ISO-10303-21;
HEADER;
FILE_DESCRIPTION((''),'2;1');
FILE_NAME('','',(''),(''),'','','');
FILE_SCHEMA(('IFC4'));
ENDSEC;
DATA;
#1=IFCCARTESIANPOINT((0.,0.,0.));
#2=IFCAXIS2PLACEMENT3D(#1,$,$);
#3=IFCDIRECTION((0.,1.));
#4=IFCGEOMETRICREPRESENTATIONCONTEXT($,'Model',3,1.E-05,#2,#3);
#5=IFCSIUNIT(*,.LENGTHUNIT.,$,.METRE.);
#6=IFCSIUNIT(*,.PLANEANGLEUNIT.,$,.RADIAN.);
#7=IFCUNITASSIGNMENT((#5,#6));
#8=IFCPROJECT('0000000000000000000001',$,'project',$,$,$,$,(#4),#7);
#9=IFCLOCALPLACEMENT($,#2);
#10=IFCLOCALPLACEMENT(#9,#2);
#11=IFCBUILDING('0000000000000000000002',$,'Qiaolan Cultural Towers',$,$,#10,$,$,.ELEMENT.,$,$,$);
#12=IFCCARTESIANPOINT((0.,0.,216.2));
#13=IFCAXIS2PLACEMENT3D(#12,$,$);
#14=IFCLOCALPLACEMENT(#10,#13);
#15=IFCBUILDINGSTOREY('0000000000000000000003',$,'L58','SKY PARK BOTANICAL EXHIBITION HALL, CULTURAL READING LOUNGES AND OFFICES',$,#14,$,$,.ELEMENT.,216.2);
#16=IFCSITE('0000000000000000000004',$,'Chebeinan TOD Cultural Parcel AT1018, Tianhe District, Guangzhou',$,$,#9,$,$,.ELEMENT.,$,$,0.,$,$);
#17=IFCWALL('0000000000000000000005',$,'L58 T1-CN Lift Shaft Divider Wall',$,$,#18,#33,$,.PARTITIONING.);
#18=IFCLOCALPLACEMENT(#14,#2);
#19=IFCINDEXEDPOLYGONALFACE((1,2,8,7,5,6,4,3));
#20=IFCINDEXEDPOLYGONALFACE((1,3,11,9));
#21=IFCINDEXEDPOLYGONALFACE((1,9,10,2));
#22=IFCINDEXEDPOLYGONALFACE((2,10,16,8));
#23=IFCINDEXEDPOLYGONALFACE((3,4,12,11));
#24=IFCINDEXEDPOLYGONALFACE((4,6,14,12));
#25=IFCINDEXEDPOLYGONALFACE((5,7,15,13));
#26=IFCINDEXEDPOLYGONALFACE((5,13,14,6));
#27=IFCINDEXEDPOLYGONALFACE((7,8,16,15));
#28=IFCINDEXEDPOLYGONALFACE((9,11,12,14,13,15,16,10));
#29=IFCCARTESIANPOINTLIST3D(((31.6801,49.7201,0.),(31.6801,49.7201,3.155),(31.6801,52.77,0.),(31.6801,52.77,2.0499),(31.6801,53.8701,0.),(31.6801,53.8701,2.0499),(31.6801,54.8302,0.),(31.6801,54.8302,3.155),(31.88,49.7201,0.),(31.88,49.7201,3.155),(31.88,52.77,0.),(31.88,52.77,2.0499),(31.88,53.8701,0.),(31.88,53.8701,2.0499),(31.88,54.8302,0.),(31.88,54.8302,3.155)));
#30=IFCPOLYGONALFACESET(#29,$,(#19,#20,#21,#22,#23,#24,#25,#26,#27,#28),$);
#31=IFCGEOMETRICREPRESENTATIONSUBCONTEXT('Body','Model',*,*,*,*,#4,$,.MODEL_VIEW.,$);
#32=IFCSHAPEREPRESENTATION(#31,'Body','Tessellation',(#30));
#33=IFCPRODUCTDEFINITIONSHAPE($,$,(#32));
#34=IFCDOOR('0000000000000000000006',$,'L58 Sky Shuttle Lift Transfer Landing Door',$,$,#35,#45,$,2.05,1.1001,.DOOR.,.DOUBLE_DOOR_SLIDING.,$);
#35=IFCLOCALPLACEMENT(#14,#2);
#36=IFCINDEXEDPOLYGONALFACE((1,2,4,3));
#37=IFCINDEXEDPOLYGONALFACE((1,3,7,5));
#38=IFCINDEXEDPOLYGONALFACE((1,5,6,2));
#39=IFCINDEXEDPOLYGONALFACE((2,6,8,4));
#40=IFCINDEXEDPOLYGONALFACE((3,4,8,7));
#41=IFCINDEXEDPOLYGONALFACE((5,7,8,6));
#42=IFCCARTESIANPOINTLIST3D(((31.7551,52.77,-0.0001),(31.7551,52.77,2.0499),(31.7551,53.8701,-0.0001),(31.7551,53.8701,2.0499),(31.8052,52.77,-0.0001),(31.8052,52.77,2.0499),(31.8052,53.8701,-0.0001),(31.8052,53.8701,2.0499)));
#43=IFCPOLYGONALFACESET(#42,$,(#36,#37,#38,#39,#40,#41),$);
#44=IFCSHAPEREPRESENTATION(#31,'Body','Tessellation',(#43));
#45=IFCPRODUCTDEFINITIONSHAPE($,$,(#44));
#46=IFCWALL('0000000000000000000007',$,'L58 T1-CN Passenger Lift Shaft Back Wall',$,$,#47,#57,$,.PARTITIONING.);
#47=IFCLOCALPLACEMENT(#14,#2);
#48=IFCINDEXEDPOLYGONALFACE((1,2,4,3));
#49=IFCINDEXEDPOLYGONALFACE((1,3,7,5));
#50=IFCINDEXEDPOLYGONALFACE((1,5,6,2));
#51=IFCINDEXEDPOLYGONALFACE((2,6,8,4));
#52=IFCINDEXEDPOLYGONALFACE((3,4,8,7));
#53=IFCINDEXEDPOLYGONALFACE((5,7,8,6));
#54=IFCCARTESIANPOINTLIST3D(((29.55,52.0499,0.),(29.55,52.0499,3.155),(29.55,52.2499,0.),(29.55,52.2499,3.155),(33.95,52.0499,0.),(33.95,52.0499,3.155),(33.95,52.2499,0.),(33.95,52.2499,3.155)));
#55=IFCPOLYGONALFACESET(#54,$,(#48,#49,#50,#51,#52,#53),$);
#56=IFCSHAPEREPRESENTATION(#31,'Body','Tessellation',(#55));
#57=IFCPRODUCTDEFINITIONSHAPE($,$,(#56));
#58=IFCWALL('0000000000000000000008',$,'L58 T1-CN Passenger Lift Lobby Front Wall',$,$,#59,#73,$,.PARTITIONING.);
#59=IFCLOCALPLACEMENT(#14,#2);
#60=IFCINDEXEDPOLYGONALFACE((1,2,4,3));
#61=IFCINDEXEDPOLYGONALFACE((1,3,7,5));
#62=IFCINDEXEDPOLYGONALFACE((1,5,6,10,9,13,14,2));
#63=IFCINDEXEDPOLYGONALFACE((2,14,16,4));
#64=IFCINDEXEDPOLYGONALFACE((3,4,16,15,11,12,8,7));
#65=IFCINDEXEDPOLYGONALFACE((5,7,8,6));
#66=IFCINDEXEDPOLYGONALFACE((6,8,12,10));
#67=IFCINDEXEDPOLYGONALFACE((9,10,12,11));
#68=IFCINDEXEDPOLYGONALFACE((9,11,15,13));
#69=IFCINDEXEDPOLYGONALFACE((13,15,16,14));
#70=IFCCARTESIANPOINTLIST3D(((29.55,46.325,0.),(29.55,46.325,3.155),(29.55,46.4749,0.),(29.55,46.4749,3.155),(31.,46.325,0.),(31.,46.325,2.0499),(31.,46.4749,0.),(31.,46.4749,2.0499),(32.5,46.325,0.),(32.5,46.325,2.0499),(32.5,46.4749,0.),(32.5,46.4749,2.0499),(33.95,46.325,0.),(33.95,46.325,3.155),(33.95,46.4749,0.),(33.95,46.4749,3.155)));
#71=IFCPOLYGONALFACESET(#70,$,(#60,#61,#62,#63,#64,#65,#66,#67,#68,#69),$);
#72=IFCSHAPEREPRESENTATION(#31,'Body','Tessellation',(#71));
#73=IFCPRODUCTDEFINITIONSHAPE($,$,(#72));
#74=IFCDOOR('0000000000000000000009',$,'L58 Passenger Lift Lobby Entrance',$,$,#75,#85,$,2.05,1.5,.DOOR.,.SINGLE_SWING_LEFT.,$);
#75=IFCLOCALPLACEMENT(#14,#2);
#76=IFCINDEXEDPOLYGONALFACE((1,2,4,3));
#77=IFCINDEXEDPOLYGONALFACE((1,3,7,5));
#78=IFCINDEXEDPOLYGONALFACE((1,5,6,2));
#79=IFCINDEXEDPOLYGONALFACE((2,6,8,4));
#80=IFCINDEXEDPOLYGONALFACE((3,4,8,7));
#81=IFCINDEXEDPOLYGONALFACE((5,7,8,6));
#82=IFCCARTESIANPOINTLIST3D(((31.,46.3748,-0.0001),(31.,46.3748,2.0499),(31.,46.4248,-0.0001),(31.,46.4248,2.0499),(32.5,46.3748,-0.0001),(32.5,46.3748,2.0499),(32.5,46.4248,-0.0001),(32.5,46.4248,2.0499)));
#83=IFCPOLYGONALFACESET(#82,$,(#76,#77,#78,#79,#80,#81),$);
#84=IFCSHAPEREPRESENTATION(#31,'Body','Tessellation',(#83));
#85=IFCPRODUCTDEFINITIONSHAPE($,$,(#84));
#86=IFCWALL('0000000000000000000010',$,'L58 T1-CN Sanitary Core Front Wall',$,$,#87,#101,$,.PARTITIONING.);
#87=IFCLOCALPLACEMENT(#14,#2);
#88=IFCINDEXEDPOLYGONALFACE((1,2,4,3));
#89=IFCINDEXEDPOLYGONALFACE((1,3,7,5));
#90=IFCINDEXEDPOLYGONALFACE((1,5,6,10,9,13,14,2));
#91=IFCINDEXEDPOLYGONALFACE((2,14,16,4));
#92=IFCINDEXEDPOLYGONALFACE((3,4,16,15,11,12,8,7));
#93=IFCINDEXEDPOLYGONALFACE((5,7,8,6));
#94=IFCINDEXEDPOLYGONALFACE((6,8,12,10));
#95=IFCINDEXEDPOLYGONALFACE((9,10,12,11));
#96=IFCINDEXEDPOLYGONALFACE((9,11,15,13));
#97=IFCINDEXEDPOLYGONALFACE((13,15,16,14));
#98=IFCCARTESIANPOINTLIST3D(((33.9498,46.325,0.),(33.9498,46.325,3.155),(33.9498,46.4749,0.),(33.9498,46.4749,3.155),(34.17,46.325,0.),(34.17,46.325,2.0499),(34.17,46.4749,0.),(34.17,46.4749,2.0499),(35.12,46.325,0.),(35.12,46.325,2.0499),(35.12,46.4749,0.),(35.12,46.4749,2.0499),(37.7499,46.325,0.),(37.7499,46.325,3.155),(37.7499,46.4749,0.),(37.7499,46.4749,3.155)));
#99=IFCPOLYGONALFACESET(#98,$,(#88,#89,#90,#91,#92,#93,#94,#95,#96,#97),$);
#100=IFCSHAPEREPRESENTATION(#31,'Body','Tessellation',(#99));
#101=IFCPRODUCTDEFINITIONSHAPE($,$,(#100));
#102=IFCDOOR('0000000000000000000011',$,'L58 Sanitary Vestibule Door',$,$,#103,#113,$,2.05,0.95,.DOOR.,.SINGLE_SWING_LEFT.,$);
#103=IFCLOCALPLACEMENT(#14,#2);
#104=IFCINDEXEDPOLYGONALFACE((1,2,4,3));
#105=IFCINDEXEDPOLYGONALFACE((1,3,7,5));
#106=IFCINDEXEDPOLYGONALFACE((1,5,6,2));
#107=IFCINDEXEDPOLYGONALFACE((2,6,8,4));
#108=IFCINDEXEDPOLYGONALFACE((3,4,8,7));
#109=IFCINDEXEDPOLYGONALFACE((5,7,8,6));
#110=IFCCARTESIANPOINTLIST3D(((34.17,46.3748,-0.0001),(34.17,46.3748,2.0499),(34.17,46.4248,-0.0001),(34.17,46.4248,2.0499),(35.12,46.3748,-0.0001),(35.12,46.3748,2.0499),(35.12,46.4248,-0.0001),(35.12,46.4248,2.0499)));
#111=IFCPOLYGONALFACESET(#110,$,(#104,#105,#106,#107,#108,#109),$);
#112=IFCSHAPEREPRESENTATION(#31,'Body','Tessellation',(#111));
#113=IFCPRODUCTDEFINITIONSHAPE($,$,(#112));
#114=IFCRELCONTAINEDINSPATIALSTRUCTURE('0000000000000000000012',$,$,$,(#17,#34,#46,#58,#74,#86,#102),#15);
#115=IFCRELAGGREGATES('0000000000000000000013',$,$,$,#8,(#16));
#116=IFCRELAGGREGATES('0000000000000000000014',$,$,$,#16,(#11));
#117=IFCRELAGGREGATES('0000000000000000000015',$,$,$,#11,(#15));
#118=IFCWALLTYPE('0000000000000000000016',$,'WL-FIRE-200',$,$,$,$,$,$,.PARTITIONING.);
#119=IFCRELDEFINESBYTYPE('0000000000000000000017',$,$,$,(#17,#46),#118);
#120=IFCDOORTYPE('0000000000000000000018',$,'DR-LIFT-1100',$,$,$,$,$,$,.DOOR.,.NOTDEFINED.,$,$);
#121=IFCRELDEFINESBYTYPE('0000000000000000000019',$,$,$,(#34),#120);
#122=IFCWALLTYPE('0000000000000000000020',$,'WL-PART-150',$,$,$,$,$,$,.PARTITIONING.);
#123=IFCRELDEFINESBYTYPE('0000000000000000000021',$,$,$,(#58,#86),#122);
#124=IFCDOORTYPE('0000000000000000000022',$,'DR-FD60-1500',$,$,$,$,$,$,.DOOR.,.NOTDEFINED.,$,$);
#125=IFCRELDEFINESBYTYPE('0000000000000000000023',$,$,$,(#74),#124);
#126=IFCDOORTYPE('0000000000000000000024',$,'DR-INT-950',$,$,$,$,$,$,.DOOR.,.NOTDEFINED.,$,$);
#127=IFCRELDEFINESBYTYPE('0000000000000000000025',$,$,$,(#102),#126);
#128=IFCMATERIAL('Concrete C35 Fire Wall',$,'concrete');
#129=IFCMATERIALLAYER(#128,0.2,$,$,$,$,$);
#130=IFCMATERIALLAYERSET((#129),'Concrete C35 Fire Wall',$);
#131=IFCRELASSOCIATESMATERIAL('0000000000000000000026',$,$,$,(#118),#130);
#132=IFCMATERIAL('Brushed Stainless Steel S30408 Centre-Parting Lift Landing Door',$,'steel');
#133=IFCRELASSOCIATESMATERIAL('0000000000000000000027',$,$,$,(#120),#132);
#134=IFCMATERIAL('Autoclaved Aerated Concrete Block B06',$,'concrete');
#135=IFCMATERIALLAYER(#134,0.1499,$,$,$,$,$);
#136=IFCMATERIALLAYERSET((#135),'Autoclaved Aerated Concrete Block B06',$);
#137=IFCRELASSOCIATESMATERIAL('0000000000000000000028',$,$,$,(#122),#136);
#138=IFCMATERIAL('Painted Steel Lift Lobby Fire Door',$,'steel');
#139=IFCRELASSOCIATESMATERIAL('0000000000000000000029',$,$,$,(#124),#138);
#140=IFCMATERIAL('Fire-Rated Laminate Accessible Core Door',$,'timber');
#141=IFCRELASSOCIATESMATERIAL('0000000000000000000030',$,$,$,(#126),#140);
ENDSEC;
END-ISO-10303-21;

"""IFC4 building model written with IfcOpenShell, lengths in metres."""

from ifc_helpers import new_model, si_unit, direction, frame, frame_2d, origin, place, context, subcontext, project, spatial, rectangle, extrude, material, layer, layer_set, type_object, element, fill, save


model = new_model("IFC4")

# Units and contexts
model_context = context("Model", 3, precision=1e-05, world=origin(), true_north=direction((0.0, 1.0)))
body_context = subcontext(model_context, "Body", "Model", "MODEL_VIEW")
ifc_project = project(units=[si_unit("LENGTHUNIT", "METRE"), si_unit("PLANEANGLEUNIT", "RADIAN")], contexts=[model_context])

# Site, building, storey
site_placement = place(None, origin())
site = spatial("IfcSite", under=ifc_project, at=site_placement, Name="Chebeinan TOD Cultural Parcel AT1018, Tianhe District, Guangzhou", CompositionType="ELEMENT", RefElevation=0.0)
building_placement = place(site_placement, origin())
building = spatial("IfcBuilding", under=site, at=building_placement, Name="Qiaolan Cultural Towers", CompositionType="ELEMENT")
storey_placement = place(building_placement, frame((0.0, 0.0, 216.2)))
storey = spatial("IfcBuildingStorey", under=building, at=storey_placement, Name="L58", Description="SKY PARK BOTANICAL EXHIBITION HALL, CULTURAL READING LOUNGES AND OFFICES", CompositionType="ELEMENT", Elevation=216.2)

# Shared definitions
ifc_material_1 = material(Name="Concrete C35 Fire Wall", Category="concrete")
ifc_layer_1 = layer(ifc_material_1, 0.2)
ifc_layer_set_1 = layer_set([ifc_layer_1], Name="Concrete C35 Fire Wall")
wall_type_1 = type_object("IfcWallType", Name="WL-FIRE-200", PredefinedType="PARTITIONING", material=ifc_layer_set_1)

# Shared definitions
ifc_material_2 = material(Name="Brushed Stainless Steel S30408 Centre-Parting Lift Landing Door", Category="steel")
door_type_1 = type_object("IfcDoorType", Name="DR-LIFT-1100", OperationType="NOTDEFINED", PredefinedType="DOOR", material=ifc_material_2)

# Wall, opening, door
wall_1_placement = place(storey_placement, frame((31.78, 49.72, 0.0), z_axis=(0.0, 0.0, 1.0), x_axis=(0.0, 1.0, 0.0)))
wall_1 = element("IfcWall", 1, at=wall_1_placement, inside=storey, type_object=wall_type_1, Name="L58 T1-CN Lift Shaft Divider Wall", PredefinedType="PARTITIONING", context=body_context, shape_type="SweptSolid", body=[
    extrude(rectangle(XDim=5.1101, YDim=0.2, at=frame_2d((2.5552, 0.0))), origin(), (0.0, 0.0, 1.0), 3.155),
])
opening_1_placement = place(wall_1_placement, frame((3.05, 0.0, 0.0)))
opening_1 = element("IfcOpeningElement", 2, at=opening_1_placement, cuts=wall_1, PredefinedType="OPENING", context=body_context, shape_type="SweptSolid", body=[
    extrude(rectangle(XDim=1.1001, YDim=2.05, at=frame_2d((0.55, 1.0249))), frame((0.0, 0.1099, 0.0), z_axis=(0.0, -1.0, 0.0), x_axis=(1.0, 0.0, 0.0)), (0.0, 0.0, 1.0), 0.22),
])
door_1_placement = place(opening_1_placement, origin())
door_1 = element("IfcDoor", 3, at=door_1_placement, inside=storey, type_object=door_type_1, Name="L58 Sky Shuttle Lift Transfer Landing Door", OperationType="DOUBLE_DOOR_SLIDING", OverallHeight=2.05, OverallWidth=1.1001, PredefinedType="DOOR", context=body_context, shape_type="SweptSolid", body=[
    extrude(rectangle(XDim=1.1001, YDim=2.05, at=frame_2d((0.55, 1.0249))), frame((0.0, 0.0249, 0.0), z_axis=(0.0, -1.0, 0.0), x_axis=(1.0, 0.0, 0.0)), (0.0, 0.0, 1.0), 0.05),
])
fill(opening_1, door_1)

# Wall
wall_2_placement = place(storey_placement, frame((29.55, 52.1499, 0.0), z_axis=(0.0, 0.0, 1.0), x_axis=(1.0, 0.0, 0.0)))
element("IfcWall", 4, at=wall_2_placement, inside=storey, type_object=wall_type_1, Name="L58 T1-CN Passenger Lift Shaft Back Wall", PredefinedType="PARTITIONING", context=body_context, shape_type="SweptSolid", body=[
    extrude(rectangle(XDim=4.3999, YDim=0.2, at=frame_2d((2.2, 0.0))), origin(), (0.0, 0.0, 1.0), 3.155),
])

# Walls, openings, doors
ifc_material_3 = material(Name="Autoclaved Aerated Concrete Block B06", Category="concrete")
ifc_layer_2 = layer(ifc_material_3, 0.1499)
ifc_layer_set_2 = layer_set([ifc_layer_2], Name="Autoclaved Aerated Concrete Block B06")
wall_type_2 = type_object("IfcWallType", Name="WL-PART-150", PredefinedType="PARTITIONING", material=ifc_layer_set_2)
wall_3_placement = place(storey_placement, frame((29.55, 46.3999, 0.0), z_axis=(0.0, 0.0, 1.0), x_axis=(1.0, 0.0, 0.0)))
wall_3 = element("IfcWall", 5, at=wall_3_placement, inside=storey, type_object=wall_type_2, Name="L58 T1-CN Passenger Lift Lobby Front Wall", PredefinedType="PARTITIONING", context=body_context, shape_type="SweptSolid", body=[
    extrude(rectangle(XDim=4.3999, YDim=0.1499, at=frame_2d((2.2, 0.0))), origin(), (0.0, 0.0, 1.0), 3.155),
])
opening_2_placement = place(wall_3_placement, frame((1.45, 0.0, 0.0)))
opening_2 = element("IfcOpeningElement", 6, at=opening_2_placement, cuts=wall_3, PredefinedType="OPENING", context=body_context, shape_type="SweptSolid", body=[
    extrude(rectangle(XDim=1.5, YDim=2.05, at=frame_2d((0.75, 1.0249))), frame((0.0, 0.085, 0.0), z_axis=(0.0, -1.0, 0.0), x_axis=(1.0, 0.0, 0.0)), (0.0, 0.0, 1.0), 0.1699),
])
ifc_material_4 = material(Name="Painted Steel Lift Lobby Fire Door", Category="steel")
door_type_2 = type_object("IfcDoorType", Name="DR-FD60-1500", OperationType="NOTDEFINED", PredefinedType="DOOR", material=ifc_material_4)
door_2_placement = place(opening_2_placement, origin())
door_2 = element("IfcDoor", 7, at=door_2_placement, inside=storey, type_object=door_type_2, Name="L58 Passenger Lift Lobby Entrance", OperationType="SINGLE_SWING_LEFT", OverallHeight=2.05, OverallWidth=1.5, PredefinedType="DOOR", context=body_context, shape_type="SweptSolid", body=[
    extrude(rectangle(XDim=1.5, YDim=2.05, at=frame_2d((0.75, 1.0249))), frame((0.0, 0.0249, 0.0), z_axis=(0.0, -1.0, 0.0), x_axis=(1.0, 0.0, 0.0)), (0.0, 0.0, 1.0), 0.05),
])
fill(opening_2, door_2)
wall_4_placement = place(storey_placement, frame((33.95, 46.3999, 0.0), z_axis=(0.0, 0.0, 1.0), x_axis=(1.0, 0.0, 0.0)))
wall_4 = element("IfcWall", 8, at=wall_4_placement, inside=storey, type_object=wall_type_2, Name="L58 T1-CN Sanitary Core Front Wall", PredefinedType="PARTITIONING", context=body_context, shape_type="SweptSolid", body=[
    extrude(rectangle(XDim=3.8, YDim=0.1499, at=frame_2d((1.8999, 0.0))), origin(), (0.0, 0.0, 1.0), 3.155),
])
opening_3_placement = place(wall_4_placement, frame((0.22, 0.0, 0.0)))
opening_3 = element("IfcOpeningElement", 9, at=opening_3_placement, cuts=wall_4, PredefinedType="OPENING", context=body_context, shape_type="SweptSolid", body=[
    extrude(rectangle(XDim=0.95, YDim=2.05, at=frame_2d((0.4751, 1.0249))), frame((0.0, 0.085, 0.0), z_axis=(0.0, -1.0, 0.0), x_axis=(1.0, 0.0, 0.0)), (0.0, 0.0, 1.0), 0.1699),
])
ifc_material_5 = material(Name="Fire-Rated Laminate Accessible Core Door", Category="timber")
door_type_3 = type_object("IfcDoorType", Name="DR-INT-950", OperationType="NOTDEFINED", PredefinedType="DOOR", material=ifc_material_5)
door_3_placement = place(opening_3_placement, origin())
door_3 = element("IfcDoor", 10, at=door_3_placement, inside=storey, type_object=door_type_3, Name="L58 Sanitary Vestibule Door", OperationType="SINGLE_SWING_LEFT", OverallHeight=2.05, OverallWidth=0.95, PredefinedType="DOOR", context=body_context, shape_type="SweptSolid", body=[
    extrude(rectangle(XDim=0.95, YDim=2.05, at=frame_2d((0.4751, 1.0249))), frame((0.0, 0.0249, 0.0), z_axis=(0.0, -1.0, 0.0), x_axis=(1.0, 0.0, 0.0)), (0.0, 0.0, 1.0), 0.05),
])
fill(opening_3, door_3)

save(model, "model.ifc")
